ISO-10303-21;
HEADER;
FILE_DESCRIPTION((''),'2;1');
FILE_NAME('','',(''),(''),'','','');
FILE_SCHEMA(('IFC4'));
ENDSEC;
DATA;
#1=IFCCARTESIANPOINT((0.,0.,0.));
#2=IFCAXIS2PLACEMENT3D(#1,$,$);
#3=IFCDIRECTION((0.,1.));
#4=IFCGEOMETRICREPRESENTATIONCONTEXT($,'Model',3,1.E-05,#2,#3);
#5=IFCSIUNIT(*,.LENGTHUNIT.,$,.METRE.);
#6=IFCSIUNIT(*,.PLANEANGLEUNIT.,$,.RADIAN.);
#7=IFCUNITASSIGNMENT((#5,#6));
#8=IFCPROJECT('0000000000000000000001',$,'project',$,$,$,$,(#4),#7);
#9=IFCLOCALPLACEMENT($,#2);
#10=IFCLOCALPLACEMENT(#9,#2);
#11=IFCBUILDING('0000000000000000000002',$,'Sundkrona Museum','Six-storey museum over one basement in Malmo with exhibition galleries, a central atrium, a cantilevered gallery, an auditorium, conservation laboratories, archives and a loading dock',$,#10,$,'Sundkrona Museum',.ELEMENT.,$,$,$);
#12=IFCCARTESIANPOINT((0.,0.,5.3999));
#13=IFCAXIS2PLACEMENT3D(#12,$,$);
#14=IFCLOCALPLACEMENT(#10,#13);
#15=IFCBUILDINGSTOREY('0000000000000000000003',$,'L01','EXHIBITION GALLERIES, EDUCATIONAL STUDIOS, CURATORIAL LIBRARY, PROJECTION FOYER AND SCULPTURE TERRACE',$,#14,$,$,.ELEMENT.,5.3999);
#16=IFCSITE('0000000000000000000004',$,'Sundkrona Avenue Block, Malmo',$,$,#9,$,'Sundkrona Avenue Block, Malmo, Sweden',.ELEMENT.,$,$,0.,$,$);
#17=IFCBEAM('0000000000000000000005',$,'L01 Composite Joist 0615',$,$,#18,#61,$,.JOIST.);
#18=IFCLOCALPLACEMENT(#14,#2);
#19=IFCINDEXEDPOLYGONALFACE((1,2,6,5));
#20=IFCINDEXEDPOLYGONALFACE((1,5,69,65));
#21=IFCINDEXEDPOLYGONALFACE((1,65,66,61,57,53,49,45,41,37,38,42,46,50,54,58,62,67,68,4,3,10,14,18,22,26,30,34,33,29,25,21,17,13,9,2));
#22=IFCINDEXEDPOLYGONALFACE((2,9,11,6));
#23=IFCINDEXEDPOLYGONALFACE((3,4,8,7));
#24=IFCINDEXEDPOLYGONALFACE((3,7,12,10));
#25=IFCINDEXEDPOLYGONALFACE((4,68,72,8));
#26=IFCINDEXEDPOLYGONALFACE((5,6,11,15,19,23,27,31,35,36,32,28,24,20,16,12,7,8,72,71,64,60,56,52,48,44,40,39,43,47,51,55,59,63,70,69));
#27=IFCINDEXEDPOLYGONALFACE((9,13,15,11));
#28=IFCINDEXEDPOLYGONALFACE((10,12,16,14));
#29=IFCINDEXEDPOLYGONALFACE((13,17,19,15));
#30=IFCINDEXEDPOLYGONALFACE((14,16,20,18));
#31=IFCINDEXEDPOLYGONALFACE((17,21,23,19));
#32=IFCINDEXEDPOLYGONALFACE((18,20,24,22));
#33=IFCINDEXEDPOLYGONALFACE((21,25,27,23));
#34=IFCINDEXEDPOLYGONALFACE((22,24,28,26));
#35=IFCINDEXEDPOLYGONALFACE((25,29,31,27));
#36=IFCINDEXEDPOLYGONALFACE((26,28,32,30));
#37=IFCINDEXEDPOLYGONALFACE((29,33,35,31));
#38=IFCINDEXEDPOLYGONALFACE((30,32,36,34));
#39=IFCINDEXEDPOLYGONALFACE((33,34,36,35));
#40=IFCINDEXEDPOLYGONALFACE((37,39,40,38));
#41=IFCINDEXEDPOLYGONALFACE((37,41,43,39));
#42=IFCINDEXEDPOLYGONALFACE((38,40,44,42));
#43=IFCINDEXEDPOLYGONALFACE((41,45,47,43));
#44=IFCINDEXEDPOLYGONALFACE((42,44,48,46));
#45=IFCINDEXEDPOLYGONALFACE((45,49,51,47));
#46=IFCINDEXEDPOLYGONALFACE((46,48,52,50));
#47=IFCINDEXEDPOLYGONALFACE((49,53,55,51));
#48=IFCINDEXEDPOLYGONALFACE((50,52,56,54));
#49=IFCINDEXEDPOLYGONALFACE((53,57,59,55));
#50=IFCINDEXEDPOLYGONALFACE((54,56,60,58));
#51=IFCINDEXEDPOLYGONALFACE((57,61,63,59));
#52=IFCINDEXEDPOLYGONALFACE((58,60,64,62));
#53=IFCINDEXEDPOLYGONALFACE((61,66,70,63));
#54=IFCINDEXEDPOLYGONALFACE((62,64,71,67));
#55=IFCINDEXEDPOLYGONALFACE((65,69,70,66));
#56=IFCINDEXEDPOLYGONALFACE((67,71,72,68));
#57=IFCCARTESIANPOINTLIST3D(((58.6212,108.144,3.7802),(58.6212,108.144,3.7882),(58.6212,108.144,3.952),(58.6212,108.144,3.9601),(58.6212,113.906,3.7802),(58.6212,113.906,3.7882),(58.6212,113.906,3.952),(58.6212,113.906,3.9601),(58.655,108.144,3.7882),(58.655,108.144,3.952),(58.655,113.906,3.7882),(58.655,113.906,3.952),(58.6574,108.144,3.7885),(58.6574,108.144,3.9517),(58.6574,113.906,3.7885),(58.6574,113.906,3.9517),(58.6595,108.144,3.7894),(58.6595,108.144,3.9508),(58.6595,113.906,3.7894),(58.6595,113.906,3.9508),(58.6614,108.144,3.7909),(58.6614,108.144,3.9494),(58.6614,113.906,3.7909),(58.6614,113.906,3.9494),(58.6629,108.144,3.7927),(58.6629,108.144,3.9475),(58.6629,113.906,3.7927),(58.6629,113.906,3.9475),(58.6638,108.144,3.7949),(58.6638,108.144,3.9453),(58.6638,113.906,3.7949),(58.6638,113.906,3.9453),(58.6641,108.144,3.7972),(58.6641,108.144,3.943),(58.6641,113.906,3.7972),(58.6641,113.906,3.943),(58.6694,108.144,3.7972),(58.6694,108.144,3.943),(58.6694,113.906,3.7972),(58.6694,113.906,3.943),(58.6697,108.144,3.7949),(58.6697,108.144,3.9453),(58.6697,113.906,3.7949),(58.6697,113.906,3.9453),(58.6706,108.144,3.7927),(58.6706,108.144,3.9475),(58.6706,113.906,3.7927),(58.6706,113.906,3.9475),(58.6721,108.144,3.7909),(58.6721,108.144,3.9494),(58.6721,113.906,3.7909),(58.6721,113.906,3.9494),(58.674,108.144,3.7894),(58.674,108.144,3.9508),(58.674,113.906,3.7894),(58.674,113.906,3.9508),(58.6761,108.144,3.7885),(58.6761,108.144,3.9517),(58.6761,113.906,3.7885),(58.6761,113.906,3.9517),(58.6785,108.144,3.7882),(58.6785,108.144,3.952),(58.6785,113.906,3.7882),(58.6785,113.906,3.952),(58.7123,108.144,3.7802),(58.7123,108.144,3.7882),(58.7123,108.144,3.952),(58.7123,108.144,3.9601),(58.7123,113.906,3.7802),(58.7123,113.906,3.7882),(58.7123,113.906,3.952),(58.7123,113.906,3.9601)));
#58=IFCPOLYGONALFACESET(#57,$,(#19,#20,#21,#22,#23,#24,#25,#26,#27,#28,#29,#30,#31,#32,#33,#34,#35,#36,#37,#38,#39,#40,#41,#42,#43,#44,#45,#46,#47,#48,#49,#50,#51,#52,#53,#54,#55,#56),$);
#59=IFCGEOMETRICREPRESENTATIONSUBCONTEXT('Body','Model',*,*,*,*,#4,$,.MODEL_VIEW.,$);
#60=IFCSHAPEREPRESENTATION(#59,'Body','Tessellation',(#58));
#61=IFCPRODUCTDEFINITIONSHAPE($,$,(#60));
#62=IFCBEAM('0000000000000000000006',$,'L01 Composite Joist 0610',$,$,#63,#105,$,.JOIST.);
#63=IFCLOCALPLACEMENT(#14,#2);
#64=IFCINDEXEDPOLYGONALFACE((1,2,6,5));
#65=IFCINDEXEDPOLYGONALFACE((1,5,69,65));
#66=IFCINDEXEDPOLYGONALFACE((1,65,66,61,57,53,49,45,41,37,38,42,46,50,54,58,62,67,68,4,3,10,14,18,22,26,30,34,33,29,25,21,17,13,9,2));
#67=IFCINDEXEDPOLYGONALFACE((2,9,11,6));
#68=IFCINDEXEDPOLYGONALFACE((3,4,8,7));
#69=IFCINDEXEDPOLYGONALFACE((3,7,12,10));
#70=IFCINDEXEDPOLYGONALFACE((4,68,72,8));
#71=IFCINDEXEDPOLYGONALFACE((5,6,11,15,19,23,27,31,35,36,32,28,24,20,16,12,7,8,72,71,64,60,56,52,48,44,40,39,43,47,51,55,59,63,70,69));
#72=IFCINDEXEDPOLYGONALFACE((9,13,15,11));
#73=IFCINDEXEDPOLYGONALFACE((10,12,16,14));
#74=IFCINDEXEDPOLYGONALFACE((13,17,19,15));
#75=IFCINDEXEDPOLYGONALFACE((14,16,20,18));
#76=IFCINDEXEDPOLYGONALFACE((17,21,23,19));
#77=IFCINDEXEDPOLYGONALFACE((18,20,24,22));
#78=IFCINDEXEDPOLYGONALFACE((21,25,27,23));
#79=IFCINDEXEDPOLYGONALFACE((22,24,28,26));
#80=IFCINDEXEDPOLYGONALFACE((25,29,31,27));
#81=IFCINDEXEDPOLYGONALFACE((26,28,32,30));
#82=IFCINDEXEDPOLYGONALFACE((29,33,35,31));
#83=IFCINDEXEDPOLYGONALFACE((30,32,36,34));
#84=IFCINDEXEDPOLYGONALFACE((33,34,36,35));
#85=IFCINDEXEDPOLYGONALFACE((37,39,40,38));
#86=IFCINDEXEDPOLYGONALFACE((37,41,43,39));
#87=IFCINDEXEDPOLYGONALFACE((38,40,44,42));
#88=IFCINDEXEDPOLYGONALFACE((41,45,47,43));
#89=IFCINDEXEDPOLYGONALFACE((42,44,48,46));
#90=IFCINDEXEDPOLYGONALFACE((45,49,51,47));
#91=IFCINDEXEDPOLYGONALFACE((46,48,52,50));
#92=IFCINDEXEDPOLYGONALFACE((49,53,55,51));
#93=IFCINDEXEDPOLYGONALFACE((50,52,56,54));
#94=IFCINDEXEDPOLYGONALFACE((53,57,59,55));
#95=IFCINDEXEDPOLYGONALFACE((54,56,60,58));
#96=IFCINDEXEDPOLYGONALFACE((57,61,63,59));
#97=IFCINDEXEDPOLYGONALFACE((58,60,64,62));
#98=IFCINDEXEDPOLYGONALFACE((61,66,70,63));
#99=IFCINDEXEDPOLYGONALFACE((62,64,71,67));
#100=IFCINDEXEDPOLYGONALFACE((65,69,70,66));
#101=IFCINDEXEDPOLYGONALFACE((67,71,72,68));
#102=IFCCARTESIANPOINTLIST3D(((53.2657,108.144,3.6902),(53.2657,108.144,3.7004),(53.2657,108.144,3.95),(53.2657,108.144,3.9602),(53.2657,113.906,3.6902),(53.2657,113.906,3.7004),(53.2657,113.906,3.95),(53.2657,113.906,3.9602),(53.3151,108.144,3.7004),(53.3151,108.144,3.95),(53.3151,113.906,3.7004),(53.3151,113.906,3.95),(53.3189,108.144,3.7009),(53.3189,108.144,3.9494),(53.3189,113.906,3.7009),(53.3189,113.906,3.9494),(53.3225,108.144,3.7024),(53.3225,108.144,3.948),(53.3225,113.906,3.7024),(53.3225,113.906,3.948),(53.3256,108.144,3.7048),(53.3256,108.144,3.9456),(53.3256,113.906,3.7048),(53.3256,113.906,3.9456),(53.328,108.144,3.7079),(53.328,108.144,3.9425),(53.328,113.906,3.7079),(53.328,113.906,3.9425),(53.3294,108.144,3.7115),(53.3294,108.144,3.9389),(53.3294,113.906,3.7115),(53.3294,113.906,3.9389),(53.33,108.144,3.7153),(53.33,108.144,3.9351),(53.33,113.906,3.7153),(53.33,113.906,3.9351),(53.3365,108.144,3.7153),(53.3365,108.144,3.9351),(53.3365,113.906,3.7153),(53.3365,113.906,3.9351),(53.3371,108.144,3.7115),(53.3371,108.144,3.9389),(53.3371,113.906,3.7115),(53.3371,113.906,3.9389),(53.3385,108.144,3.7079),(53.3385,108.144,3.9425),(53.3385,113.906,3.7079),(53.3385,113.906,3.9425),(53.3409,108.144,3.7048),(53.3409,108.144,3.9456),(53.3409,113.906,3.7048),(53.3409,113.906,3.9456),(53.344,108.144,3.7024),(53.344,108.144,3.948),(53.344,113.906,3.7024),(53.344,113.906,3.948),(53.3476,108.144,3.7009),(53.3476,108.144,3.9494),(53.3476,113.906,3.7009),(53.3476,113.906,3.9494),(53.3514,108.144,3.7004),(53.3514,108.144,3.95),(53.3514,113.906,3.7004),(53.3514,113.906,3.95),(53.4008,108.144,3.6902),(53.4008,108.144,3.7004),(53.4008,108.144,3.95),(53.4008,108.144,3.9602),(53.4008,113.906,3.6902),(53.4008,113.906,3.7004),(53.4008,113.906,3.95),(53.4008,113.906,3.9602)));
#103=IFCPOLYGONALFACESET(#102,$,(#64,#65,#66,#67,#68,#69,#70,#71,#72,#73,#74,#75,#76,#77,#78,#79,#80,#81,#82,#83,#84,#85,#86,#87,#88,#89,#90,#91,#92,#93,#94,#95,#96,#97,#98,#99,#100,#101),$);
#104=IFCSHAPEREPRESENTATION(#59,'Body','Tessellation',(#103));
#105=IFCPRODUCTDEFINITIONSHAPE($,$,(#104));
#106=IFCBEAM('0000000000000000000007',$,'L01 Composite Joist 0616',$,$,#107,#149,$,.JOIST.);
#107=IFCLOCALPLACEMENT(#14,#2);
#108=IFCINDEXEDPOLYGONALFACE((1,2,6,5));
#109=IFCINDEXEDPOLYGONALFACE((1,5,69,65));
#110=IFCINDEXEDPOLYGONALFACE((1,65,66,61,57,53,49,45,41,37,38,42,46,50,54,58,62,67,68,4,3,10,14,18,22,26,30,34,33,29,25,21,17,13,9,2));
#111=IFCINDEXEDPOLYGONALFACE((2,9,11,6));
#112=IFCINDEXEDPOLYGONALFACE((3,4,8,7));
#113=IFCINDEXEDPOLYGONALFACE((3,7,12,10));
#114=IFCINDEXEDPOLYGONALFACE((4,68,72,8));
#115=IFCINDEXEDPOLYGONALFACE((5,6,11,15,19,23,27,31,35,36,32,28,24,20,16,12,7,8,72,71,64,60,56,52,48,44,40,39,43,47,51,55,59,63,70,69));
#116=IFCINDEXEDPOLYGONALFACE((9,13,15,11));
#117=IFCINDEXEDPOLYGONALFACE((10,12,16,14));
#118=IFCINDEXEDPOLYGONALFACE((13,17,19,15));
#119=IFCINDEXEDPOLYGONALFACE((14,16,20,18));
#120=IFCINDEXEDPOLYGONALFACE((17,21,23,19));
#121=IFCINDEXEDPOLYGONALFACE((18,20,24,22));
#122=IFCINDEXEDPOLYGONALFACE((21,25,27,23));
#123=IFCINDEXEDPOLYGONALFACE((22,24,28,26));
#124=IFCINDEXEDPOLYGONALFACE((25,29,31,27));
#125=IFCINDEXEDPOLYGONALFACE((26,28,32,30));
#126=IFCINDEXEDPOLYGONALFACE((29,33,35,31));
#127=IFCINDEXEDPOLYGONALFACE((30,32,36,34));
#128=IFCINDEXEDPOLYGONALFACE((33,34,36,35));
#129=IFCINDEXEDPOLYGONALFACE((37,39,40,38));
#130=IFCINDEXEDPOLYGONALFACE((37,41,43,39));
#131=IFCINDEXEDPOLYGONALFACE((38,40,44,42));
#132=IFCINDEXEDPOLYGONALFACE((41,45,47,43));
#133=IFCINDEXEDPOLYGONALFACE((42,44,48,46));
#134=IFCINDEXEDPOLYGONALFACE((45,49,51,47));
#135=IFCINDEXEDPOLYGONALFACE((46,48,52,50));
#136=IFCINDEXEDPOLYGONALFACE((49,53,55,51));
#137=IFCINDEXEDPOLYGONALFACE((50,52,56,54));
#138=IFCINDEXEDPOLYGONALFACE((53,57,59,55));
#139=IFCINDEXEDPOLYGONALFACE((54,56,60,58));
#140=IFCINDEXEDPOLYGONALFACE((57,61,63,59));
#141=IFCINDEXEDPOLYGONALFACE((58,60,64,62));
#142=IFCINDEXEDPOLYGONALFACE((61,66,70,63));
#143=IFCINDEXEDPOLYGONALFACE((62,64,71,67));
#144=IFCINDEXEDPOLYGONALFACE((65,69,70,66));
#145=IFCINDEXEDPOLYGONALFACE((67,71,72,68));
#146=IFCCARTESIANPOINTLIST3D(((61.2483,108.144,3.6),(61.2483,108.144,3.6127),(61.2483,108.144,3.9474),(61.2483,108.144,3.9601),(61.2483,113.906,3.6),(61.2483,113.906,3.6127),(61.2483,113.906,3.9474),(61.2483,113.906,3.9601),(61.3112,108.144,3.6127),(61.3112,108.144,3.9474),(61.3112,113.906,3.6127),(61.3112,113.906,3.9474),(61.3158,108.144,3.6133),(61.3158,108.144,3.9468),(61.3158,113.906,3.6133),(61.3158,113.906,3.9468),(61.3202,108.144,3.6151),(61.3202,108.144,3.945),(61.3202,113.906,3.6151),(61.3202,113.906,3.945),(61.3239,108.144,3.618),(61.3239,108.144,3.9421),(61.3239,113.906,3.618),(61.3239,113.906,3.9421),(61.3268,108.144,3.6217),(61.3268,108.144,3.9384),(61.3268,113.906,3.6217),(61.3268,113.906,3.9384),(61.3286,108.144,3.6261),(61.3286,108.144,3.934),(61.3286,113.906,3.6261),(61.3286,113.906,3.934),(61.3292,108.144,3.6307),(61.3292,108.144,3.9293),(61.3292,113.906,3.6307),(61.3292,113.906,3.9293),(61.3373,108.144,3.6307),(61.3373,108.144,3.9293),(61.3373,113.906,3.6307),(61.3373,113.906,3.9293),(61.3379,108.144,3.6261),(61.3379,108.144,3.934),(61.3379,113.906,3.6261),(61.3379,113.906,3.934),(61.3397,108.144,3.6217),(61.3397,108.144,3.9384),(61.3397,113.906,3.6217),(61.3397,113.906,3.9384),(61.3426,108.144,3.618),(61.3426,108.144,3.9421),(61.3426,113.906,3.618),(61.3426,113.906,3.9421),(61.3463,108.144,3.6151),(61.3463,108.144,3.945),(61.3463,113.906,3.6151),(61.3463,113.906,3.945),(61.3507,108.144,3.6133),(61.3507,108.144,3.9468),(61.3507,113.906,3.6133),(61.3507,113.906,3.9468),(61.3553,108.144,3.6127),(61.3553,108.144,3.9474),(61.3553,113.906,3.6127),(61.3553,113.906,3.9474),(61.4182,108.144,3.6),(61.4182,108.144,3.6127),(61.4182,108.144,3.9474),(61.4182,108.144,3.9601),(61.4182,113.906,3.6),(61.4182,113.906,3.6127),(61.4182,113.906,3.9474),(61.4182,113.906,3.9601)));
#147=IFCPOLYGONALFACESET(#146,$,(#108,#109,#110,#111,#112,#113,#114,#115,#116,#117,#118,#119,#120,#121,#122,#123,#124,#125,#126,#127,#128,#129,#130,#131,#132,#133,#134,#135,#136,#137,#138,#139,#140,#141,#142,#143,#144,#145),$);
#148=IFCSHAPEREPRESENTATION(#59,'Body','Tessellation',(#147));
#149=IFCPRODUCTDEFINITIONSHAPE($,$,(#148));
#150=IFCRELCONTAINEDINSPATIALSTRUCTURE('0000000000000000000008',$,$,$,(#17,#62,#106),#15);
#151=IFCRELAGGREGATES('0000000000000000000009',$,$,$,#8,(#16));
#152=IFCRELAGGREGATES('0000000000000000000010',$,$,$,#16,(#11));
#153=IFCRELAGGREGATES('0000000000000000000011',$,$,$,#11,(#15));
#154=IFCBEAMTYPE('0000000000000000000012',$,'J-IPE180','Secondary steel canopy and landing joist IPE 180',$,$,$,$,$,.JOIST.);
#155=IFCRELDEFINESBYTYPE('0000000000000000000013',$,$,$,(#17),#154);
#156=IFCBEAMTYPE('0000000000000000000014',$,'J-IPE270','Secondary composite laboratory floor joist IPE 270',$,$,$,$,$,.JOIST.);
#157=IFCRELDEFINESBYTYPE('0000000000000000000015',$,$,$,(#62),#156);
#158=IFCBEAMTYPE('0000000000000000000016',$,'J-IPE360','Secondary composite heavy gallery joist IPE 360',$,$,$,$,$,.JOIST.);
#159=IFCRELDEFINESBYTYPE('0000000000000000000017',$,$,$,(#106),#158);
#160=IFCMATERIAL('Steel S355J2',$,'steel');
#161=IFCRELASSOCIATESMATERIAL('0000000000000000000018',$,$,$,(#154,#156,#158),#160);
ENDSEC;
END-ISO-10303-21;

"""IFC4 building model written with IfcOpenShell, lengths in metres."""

from ifc_helpers import new_model, si_unit, direction, frame, origin, origin_2d, place, context, subcontext, project, spatial, i_section, extrude, material, material_profile, profile_set, type_object, element, save


model = new_model("IFC4")

# Units and contexts
model_context = context("Model", 3, precision=1e-05, world=origin(), true_north=direction((0.0, 1.0)))
body_context = subcontext(model_context, "Body", "Model", "MODEL_VIEW")
ifc_project = project(units=[si_unit("LENGTHUNIT", "METRE"), si_unit("PLANEANGLEUNIT", "RADIAN")], contexts=[model_context])

# Site, building, storey
site_placement = place(None, origin())
site = spatial("IfcSite", under=ifc_project, at=site_placement, Name="Sundkrona Avenue Block, Malmo", LongName="Sundkrona Avenue Block, Malmo, Sweden", CompositionType="ELEMENT", RefElevation=0.0)
building_placement = place(site_placement, origin())
building = spatial("IfcBuilding", under=site, at=building_placement, Name="Sundkrona Museum", Description="Six-storey museum over one basement in Malmo with exhibition galleries, a central atrium, a cantilevered gallery, an auditorium, conservation laboratories, archives and a loading dock", LongName="Sundkrona Museum", CompositionType="ELEMENT")
storey_placement = place(building_placement, frame((0.0, 0.0, 5.3999)))
storey = spatial("IfcBuildingStorey", under=building, at=storey_placement, Name="L01", Description="EXHIBITION GALLERIES, EDUCATIONAL STUDIOS, CURATORIAL LIBRARY, PROJECTION FOYER AND SCULPTURE TERRACE", CompositionType="ELEMENT", Elevation=5.3999)

# Shared definitions
ifc_material_1 = material(Name="Steel S355J2", Category="steel")

# Beams
ifc_material_profile_1 = material_profile(ifc_material_1, i_section(OverallWidth=0.0911, OverallDepth=0.1799, WebThickness=0.0054, FlangeThickness=0.0081, FilletRadius=0.009, at=origin_2d()), Name="IPE 180")
ifc_profile_set_1 = profile_set([ifc_material_profile_1], Name="Steel S355J2")
beam_type_1 = type_object("IfcBeamType", Name="J-IPE180", Description="Secondary steel canopy and landing joist IPE 180", PredefinedType="JOIST", material=ifc_profile_set_1)
beam_1_placement = place(storey_placement, frame((58.6667, 108.144, 3.8701), z_axis=(0.0, 1.0, 0.0), x_axis=(-1.0, 0.0, 0.0)))
element("IfcBeam", 1, at=beam_1_placement, inside=storey, type_object=beam_type_1, Name="L01 Composite Joist 0615", PredefinedType="JOIST", context=body_context, shape_type="SweptSolid", body=[
    extrude(i_section(OverallWidth=0.0911, OverallDepth=0.1799, WebThickness=0.0054, FlangeThickness=0.0081, FilletRadius=0.009, at=origin_2d()), origin(), (0.0, 0.0, 1.0), 5.762),
])
ifc_material_profile_2 = material_profile(ifc_material_1, i_section(OverallWidth=0.135, OverallDepth=0.27, WebThickness=0.0066, FlangeThickness=0.0103, FilletRadius=0.0149, at=origin_2d()), Name="IPE 270")
ifc_profile_set_2 = profile_set([ifc_material_profile_2], Name="Steel S355J2")
beam_type_2 = type_object("IfcBeamType", Name="J-IPE270", Description="Secondary composite laboratory floor joist IPE 270", PredefinedType="JOIST", material=ifc_profile_set_2)
beam_2_placement = place(storey_placement, frame((53.3333, 108.144, 3.8252), z_axis=(0.0, 1.0, 0.0), x_axis=(-1.0, 0.0, 0.0)))
element("IfcBeam", 2, at=beam_2_placement, inside=storey, type_object=beam_type_2, Name="L01 Composite Joist 0610", PredefinedType="JOIST", context=body_context, shape_type="SweptSolid", body=[
    extrude(i_section(OverallWidth=0.135, OverallDepth=0.27, WebThickness=0.0066, FlangeThickness=0.0103, FilletRadius=0.0149, at=origin_2d()), origin(), (0.0, 0.0, 1.0), 5.762),
])
ifc_material_profile_3 = material_profile(ifc_material_1, i_section(OverallWidth=0.1699, OverallDepth=0.3601, WebThickness=0.0081, FlangeThickness=0.0127, FilletRadius=0.0181, at=origin_2d()), Name="IPE 360")
ifc_profile_set_3 = profile_set([ifc_material_profile_3], Name="Steel S355J2")
beam_type_3 = type_object("IfcBeamType", Name="J-IPE360", Description="Secondary composite heavy gallery joist IPE 360", PredefinedType="JOIST", material=ifc_profile_set_3)
beam_3_placement = place(storey_placement, frame((61.3333, 108.144, 3.78), z_axis=(0.0, 1.0, 0.0), x_axis=(-1.0, 0.0, 0.0)))
element("IfcBeam", 3, at=beam_3_placement, inside=storey, type_object=beam_type_3, Name="L01 Composite Joist 0616", PredefinedType="JOIST", context=body_context, shape_type="SweptSolid", body=[
    extrude(i_section(OverallWidth=0.1699, OverallDepth=0.3601, WebThickness=0.0081, FlangeThickness=0.0127, FilletRadius=0.0181, at=origin_2d()), origin(), (0.0, 0.0, 1.0), 5.762),
])

save(model, "model.ifc")
